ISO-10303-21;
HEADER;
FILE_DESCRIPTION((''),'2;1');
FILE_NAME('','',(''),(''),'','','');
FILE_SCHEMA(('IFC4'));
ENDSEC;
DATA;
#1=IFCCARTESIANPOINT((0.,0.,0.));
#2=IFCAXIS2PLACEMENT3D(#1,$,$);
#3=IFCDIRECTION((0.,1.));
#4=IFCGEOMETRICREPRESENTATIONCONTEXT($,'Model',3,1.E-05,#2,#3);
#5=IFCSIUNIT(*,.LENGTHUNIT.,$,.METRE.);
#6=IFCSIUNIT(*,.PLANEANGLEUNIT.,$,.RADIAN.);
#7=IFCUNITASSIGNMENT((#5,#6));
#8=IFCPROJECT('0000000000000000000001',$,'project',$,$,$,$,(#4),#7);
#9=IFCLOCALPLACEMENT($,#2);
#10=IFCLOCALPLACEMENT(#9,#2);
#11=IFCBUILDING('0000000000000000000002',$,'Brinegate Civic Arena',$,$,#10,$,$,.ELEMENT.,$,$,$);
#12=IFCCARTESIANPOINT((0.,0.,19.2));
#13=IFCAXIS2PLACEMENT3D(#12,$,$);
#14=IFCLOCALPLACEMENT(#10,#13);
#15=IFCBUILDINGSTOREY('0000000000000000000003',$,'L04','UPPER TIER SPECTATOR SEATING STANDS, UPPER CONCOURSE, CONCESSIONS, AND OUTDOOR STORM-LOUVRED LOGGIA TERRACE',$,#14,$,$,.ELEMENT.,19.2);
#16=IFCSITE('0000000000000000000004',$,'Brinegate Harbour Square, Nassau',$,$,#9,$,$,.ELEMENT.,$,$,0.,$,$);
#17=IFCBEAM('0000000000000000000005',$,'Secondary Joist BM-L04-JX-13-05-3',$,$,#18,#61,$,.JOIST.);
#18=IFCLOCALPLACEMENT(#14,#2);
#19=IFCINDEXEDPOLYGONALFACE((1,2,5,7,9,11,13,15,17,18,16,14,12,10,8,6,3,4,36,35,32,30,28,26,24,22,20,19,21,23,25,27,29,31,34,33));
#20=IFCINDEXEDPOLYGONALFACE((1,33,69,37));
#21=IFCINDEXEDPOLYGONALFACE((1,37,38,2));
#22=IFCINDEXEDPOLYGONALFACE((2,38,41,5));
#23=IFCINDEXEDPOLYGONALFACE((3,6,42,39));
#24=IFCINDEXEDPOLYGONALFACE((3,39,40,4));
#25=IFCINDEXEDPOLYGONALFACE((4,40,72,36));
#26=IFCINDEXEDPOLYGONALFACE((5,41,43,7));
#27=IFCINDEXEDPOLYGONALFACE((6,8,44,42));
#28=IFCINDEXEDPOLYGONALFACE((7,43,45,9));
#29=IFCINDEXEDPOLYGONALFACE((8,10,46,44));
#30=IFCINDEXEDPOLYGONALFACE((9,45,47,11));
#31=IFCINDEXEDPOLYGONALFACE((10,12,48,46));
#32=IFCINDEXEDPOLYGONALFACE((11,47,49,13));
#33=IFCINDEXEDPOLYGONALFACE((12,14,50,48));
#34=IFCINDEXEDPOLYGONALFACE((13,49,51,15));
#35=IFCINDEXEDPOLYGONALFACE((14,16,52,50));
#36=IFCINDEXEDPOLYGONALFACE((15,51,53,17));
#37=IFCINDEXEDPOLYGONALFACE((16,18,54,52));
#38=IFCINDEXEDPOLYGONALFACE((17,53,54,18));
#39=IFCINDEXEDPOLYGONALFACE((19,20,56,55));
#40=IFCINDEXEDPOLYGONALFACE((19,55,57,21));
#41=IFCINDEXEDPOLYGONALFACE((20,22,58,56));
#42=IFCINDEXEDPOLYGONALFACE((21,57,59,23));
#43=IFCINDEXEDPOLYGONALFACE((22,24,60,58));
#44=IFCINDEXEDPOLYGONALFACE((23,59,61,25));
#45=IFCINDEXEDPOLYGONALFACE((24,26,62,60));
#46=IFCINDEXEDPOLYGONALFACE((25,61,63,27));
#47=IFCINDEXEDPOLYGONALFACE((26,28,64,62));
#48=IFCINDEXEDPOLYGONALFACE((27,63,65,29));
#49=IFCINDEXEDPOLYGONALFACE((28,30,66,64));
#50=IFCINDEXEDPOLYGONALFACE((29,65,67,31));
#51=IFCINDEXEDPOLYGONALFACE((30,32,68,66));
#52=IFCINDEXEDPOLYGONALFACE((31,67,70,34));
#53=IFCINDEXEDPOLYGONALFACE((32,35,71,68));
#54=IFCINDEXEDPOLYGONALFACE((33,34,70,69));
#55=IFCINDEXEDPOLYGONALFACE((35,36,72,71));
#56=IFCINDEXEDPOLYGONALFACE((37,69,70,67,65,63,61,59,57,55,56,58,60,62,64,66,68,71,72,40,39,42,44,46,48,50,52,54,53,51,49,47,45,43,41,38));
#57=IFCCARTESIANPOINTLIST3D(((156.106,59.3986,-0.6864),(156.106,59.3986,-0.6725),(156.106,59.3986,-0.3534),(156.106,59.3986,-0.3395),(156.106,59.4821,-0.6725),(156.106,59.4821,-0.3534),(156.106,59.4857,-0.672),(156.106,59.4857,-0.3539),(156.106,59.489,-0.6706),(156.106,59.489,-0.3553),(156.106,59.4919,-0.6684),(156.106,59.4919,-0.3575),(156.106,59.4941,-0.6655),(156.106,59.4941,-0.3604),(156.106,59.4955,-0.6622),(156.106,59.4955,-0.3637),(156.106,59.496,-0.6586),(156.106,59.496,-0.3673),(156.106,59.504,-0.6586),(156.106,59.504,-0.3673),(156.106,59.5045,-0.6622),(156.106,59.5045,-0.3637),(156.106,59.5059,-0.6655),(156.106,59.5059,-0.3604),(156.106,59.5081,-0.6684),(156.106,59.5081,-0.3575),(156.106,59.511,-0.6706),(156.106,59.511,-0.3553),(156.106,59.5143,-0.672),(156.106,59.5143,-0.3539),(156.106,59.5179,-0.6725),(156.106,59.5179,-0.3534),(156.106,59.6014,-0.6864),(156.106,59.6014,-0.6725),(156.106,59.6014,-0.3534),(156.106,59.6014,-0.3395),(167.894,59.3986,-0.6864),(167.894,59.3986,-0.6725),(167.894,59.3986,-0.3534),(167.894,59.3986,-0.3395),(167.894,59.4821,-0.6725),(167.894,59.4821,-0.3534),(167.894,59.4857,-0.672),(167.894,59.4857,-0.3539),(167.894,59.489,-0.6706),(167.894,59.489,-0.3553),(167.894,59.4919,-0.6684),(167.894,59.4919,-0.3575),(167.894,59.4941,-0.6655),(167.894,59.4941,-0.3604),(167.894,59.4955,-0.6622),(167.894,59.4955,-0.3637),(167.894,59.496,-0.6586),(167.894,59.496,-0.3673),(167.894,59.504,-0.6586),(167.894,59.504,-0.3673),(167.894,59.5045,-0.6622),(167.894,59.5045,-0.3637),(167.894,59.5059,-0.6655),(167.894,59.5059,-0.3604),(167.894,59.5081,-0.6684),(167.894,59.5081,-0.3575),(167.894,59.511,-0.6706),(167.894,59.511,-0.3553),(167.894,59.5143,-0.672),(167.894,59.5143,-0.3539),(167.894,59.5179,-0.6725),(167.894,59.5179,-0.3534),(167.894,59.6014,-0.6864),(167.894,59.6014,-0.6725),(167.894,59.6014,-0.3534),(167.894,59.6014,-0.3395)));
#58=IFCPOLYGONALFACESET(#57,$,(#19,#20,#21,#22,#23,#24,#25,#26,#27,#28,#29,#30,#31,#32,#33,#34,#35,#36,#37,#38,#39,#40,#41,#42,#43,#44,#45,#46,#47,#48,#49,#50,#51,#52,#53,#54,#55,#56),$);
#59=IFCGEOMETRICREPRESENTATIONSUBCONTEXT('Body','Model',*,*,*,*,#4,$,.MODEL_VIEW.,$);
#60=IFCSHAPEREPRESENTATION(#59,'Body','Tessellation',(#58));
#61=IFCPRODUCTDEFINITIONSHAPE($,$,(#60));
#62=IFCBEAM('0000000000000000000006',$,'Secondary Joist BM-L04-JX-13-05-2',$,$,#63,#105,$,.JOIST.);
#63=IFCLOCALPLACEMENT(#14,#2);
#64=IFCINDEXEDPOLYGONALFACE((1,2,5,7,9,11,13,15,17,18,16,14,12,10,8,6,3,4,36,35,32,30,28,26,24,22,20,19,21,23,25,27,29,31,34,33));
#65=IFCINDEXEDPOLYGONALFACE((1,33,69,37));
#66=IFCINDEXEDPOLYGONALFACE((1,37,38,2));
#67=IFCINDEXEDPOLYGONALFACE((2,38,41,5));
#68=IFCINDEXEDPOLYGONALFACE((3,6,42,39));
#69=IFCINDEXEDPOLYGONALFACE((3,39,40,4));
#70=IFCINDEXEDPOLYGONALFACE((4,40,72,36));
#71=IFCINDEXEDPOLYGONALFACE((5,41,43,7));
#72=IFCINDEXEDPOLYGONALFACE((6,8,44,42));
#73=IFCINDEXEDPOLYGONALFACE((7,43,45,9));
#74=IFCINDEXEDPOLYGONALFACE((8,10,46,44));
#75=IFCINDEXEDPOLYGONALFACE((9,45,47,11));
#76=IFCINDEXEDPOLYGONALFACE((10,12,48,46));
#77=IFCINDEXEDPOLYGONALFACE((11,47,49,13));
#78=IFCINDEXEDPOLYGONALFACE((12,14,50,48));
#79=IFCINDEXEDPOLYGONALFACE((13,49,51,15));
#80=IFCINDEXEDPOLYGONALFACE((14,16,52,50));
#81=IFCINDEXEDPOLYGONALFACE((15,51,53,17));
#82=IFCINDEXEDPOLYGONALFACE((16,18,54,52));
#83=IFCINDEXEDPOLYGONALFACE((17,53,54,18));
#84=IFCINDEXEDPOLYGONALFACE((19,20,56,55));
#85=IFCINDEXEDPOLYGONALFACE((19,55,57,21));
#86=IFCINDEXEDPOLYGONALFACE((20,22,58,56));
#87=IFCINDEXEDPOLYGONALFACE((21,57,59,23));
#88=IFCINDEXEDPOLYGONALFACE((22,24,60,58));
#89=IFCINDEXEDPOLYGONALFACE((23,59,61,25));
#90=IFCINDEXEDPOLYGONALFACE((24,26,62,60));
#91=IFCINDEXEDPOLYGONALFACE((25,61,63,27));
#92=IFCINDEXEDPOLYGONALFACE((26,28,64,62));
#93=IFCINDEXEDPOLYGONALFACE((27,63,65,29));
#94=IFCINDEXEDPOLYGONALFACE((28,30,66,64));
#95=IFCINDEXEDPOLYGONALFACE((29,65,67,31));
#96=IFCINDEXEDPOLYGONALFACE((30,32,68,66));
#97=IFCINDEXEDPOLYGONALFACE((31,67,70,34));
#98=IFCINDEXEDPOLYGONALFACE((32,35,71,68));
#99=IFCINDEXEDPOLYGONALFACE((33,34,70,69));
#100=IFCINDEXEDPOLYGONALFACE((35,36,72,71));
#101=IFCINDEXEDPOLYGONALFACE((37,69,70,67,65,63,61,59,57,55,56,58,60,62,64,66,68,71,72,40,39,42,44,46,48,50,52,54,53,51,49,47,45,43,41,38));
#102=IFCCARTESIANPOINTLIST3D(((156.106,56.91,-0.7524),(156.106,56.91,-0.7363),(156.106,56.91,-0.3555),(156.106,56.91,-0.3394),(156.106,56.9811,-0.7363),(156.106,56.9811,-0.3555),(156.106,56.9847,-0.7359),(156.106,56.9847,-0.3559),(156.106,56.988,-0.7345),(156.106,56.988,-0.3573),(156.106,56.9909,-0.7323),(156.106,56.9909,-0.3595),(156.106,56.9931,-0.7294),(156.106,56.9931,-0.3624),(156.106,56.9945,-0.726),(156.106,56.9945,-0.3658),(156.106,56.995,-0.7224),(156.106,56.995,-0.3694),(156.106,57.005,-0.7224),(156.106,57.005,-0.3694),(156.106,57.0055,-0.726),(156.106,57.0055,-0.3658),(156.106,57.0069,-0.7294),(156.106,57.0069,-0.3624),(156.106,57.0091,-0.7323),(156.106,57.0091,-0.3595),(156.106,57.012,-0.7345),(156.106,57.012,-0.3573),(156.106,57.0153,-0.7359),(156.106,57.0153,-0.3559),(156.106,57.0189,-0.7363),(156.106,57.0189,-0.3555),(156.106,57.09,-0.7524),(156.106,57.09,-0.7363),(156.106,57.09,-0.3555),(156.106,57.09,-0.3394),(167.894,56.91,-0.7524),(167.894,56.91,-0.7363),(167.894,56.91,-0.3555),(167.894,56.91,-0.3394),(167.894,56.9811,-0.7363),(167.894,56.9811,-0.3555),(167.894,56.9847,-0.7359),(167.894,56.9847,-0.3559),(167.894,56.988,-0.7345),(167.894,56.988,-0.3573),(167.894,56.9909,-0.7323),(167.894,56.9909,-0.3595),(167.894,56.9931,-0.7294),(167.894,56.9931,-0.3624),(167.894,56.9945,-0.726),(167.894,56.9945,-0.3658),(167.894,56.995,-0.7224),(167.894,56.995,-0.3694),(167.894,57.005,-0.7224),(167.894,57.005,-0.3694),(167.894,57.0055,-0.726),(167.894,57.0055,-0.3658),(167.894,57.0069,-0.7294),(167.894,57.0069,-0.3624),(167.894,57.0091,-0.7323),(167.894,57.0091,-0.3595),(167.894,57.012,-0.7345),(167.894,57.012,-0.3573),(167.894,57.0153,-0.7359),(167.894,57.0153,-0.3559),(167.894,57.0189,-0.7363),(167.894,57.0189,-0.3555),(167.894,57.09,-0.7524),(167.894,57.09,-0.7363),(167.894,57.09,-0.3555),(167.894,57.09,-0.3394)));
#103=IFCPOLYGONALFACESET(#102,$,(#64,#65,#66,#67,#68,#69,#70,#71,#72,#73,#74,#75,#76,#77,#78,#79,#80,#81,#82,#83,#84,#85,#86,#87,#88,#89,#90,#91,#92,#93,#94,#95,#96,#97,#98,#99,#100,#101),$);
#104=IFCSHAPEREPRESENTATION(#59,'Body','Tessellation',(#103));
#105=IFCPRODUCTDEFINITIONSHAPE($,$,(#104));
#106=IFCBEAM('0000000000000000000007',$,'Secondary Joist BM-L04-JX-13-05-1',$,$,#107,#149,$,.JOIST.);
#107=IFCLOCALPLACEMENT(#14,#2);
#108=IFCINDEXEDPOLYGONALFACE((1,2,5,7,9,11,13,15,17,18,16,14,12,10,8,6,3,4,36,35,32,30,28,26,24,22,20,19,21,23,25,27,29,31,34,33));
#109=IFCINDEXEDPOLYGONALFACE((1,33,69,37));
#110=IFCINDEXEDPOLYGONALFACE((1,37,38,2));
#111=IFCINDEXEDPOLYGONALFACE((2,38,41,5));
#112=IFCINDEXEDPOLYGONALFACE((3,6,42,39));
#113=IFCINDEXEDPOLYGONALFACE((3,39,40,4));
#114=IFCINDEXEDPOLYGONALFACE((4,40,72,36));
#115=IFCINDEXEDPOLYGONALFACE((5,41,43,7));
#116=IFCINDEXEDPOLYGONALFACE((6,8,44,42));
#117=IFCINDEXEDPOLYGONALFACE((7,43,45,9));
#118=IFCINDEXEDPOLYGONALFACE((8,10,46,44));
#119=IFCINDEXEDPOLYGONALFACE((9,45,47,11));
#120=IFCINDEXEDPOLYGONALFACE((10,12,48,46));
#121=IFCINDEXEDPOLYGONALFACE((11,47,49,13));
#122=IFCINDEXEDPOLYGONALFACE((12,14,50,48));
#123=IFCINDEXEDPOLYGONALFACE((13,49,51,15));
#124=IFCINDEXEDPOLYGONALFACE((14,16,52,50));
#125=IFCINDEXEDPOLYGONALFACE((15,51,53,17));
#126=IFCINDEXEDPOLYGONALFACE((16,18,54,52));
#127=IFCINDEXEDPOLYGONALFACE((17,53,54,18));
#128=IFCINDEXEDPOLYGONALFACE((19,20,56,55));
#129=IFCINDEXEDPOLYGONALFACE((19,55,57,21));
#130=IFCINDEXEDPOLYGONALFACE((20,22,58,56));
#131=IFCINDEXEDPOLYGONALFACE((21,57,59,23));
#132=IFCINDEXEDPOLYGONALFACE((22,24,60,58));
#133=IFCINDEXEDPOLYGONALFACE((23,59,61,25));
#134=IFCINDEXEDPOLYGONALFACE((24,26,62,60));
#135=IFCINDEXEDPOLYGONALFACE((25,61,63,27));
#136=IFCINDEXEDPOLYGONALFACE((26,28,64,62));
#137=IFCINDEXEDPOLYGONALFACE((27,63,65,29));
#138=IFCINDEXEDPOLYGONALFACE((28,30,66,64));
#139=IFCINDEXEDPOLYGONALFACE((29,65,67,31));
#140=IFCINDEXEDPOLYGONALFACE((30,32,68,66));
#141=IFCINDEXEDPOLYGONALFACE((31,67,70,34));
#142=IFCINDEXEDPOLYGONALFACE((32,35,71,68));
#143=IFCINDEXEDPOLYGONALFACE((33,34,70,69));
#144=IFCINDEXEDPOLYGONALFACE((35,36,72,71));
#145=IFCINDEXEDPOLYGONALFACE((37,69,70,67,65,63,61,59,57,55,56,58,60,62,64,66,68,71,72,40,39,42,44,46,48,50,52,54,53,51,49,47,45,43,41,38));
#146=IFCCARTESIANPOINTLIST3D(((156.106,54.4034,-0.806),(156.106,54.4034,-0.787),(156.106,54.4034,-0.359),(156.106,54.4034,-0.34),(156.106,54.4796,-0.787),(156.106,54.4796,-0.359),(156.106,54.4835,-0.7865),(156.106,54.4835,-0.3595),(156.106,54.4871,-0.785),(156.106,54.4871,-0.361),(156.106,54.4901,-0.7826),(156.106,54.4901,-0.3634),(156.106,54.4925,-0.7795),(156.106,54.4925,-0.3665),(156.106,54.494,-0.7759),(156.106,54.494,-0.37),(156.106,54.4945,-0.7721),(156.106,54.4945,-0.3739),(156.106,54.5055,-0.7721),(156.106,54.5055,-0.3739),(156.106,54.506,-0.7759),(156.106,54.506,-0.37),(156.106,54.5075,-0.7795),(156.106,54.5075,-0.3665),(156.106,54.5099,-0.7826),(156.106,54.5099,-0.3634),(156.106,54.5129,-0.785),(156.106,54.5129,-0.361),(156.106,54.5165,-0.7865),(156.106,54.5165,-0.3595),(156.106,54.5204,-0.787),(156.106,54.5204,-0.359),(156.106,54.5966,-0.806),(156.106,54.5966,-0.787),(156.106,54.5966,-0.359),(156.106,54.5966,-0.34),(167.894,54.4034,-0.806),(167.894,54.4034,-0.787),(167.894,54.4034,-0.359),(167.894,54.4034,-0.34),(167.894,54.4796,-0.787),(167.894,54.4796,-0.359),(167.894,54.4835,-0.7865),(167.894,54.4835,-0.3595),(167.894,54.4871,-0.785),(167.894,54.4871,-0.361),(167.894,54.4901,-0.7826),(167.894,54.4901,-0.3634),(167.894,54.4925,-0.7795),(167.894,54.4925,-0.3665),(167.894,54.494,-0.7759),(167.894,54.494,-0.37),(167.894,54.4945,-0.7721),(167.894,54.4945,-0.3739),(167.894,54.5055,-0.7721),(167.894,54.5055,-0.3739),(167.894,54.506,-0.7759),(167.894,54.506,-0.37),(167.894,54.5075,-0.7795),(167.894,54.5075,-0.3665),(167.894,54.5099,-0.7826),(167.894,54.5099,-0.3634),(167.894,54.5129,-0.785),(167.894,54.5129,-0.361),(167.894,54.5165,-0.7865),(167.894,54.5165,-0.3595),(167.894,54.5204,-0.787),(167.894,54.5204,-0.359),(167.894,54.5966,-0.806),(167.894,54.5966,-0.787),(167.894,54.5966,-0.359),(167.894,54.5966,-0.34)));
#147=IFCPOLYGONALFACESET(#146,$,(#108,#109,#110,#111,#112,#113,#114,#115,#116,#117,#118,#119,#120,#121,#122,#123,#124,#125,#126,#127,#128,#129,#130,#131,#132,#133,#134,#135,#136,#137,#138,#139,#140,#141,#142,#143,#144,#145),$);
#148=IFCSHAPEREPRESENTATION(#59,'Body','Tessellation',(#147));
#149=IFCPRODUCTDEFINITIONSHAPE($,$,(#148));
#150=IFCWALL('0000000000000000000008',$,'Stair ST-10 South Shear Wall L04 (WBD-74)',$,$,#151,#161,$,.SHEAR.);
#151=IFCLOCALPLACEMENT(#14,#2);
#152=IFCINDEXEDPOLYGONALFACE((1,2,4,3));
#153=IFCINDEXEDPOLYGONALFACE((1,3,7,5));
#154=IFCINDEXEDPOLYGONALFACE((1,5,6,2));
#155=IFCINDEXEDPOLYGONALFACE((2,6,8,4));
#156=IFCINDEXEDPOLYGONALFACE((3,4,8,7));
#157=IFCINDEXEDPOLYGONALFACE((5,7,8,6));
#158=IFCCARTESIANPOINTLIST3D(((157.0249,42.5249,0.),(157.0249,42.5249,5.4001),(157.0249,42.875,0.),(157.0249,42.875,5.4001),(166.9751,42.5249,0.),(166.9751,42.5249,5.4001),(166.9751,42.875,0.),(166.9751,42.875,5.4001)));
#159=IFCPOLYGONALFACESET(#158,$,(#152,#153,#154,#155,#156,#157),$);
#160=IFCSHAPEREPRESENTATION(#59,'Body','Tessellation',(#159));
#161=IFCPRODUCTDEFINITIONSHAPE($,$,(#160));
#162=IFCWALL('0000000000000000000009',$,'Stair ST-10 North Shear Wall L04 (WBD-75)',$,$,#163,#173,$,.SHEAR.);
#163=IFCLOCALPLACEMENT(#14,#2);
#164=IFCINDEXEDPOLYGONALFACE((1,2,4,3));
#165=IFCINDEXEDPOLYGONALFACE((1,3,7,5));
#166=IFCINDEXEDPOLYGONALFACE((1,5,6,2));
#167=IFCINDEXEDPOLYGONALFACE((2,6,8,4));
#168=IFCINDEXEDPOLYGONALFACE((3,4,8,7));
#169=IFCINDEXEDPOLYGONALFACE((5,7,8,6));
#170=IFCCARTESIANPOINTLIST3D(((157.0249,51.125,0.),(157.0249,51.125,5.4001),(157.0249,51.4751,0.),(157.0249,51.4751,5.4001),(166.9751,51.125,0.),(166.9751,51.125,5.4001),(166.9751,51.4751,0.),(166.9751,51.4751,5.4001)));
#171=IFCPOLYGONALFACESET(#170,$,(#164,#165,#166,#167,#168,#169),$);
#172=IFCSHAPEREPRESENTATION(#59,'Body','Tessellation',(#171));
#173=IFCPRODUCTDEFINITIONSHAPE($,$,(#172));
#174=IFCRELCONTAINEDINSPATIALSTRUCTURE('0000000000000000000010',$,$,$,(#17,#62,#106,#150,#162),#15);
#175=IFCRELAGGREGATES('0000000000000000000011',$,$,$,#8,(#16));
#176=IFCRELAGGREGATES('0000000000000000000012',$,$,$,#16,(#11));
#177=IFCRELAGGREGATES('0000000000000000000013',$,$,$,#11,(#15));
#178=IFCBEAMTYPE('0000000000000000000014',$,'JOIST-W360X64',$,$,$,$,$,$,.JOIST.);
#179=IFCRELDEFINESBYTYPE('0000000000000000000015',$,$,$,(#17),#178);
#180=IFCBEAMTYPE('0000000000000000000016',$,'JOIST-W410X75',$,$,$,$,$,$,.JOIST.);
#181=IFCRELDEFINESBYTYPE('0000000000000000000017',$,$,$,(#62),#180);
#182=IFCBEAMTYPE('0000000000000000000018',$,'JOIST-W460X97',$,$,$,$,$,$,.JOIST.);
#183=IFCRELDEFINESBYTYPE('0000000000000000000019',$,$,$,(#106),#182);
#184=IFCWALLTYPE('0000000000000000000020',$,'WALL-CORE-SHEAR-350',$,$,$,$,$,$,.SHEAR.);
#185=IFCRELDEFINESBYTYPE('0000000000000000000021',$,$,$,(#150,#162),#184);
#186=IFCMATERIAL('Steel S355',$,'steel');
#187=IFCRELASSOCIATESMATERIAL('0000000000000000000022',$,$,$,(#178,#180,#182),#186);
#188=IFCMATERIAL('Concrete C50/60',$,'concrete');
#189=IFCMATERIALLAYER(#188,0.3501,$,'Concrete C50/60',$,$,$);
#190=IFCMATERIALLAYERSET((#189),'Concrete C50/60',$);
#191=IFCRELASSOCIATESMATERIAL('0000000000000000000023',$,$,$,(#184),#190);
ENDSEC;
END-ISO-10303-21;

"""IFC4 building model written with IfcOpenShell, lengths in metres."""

from ifc_helpers import new_model, si_unit, direction, frame, frame_2d, origin, origin_2d, place, context, subcontext, project, spatial, rectangle, i_section, extrude, material, layer, layer_set, material_profile, profile_set, type_object, element, save


model = new_model("IFC4")

# Units and contexts
model_context = context("Model", 3, precision=1e-05, world=origin(), true_north=direction((0.0, 1.0)))
body_context = subcontext(model_context, "Body", "Model", "MODEL_VIEW")
ifc_project = project(units=[si_unit("LENGTHUNIT", "METRE"), si_unit("PLANEANGLEUNIT", "RADIAN")], contexts=[model_context])

# Site, building, storey
site_placement = place(None, origin())
site = spatial("IfcSite", under=ifc_project, at=site_placement, Name="Brinegate Harbour Square, Nassau", CompositionType="ELEMENT", RefElevation=0.0)
building_placement = place(site_placement, origin())
building = spatial("IfcBuilding", under=site, at=building_placement, Name="Brinegate Civic Arena", CompositionType="ELEMENT")
storey_placement = place(building_placement, frame((0.0, 0.0, 19.2)))
storey = spatial("IfcBuildingStorey", under=building, at=storey_placement, Name="L04", Description="UPPER TIER SPECTATOR SEATING STANDS, UPPER CONCOURSE, CONCESSIONS, AND OUTDOOR STORM-LOUVRED LOGGIA TERRACE", CompositionType="ELEMENT", Elevation=19.2)

# Beams
ifc_material_1 = material(Name="Steel S355", Category="steel")
ifc_material_profile_1 = material_profile(ifc_material_1, i_section(OverallWidth=0.2029, OverallDepth=0.3469, WebThickness=0.0081, FlangeThickness=0.0139, FilletRadius=0.0139, at=origin_2d()), Name="W360X64")
ifc_profile_set_1 = profile_set([ifc_material_profile_1], Name="Steel S355")
beam_type_1 = type_object("IfcBeamType", Name="JOIST-W360X64", PredefinedType="JOIST", material=ifc_profile_set_1)
beam_1_placement = place(storey_placement, frame((156.106, 59.5, -0.5129), z_axis=(1.0, 0.0, 0.0), x_axis=(0.0, 1.0, 0.0)))
element("IfcBeam", 1, at=beam_1_placement, inside=storey, type_object=beam_type_1, Name="Secondary Joist BM-L04-JX-13-05-3", PredefinedType="JOIST", context=body_context, shape_type="SweptSolid", body=[
    extrude(i_section(OverallWidth=0.2029, OverallDepth=0.3469, WebThickness=0.0081, FlangeThickness=0.0139, FilletRadius=0.0139, at=origin_2d()), origin(), (0.0, 0.0, 1.0), 11.7881),
])
ifc_material_profile_2 = material_profile(ifc_material_1, i_section(OverallWidth=0.1799, OverallDepth=0.4131, WebThickness=0.01, FlangeThickness=0.0161, FilletRadius=0.0139, at=origin_2d()), Name="W410X75")
ifc_profile_set_2 = profile_set([ifc_material_profile_2], Name="Steel S355")
beam_type_2 = type_object("IfcBeamType", Name="JOIST-W410X75", PredefinedType="JOIST", material=ifc_profile_set_2)
beam_2_placement = place(storey_placement, frame((156.106, 57.0, -0.5459), z_axis=(1.0, 0.0, 0.0), x_axis=(0.0, 1.0, 0.0)))
element("IfcBeam", 2, at=beam_2_placement, inside=storey, type_object=beam_type_2, Name="Secondary Joist BM-L04-JX-13-05-2", PredefinedType="JOIST", context=body_context, shape_type="SweptSolid", body=[
    extrude(i_section(OverallWidth=0.1799, OverallDepth=0.4131, WebThickness=0.01, FlangeThickness=0.0161, FilletRadius=0.0139, at=origin_2d()), origin(), (0.0, 0.0, 1.0), 11.7881),
])
ifc_material_profile_3 = material_profile(ifc_material_1, i_section(OverallWidth=0.1931, OverallDepth=0.4661, WebThickness=0.011, FlangeThickness=0.019, FilletRadius=0.0149, at=origin_2d()), Name="W460X97")
ifc_profile_set_3 = profile_set([ifc_material_profile_3], Name="Steel S355")
beam_type_3 = type_object("IfcBeamType", Name="JOIST-W460X97", PredefinedType="JOIST", material=ifc_profile_set_3)
beam_3_placement = place(storey_placement, frame((156.106, 54.5, -0.573), z_axis=(1.0, 0.0, 0.0), x_axis=(0.0, 1.0, 0.0)))
element("IfcBeam", 3, at=beam_3_placement, inside=storey, type_object=beam_type_3, Name="Secondary Joist BM-L04-JX-13-05-1", PredefinedType="JOIST", context=body_context, shape_type="SweptSolid", body=[
    extrude(i_section(OverallWidth=0.1931, OverallDepth=0.4661, WebThickness=0.011, FlangeThickness=0.019, FilletRadius=0.0149, at=origin_2d()), origin(), (0.0, 0.0, 1.0), 11.7881),
])

# Walls
ifc_material_2 = material(Name="Concrete C50/60", Category="concrete")
ifc_layer_1 = layer(ifc_material_2, 0.3501, Name="Concrete C50/60")
ifc_layer_set_1 = layer_set([ifc_layer_1], Name="Concrete C50/60")
wall_type_1 = type_object("IfcWallType", Name="WALL-CORE-SHEAR-350", PredefinedType="SHEAR", material=ifc_layer_set_1)
for number, where, z_axis, x_axis, name in (
    (4, (157.0249, 42.7, 0.0), (0.0, 0.0, 1.0), (1.0, 0.0, 0.0), "Stair ST-10 South Shear Wall L04 (WBD-74)"),
    (5, (157.0249, 51.3, 0.0), (0.0, 0.0, 1.0), (1.0, 0.0, 0.0), "Stair ST-10 North Shear Wall L04 (WBD-75)"),
):
    element("IfcWall", number, at=place(storey_placement, frame(where, z_axis=z_axis, x_axis=x_axis)), inside=storey, type_object=wall_type_1, Name=name, PredefinedType="SHEAR", context=body_context, shape_type="SweptSolid", body=[
        extrude(rectangle(XDim=9.9502, YDim=0.3501, at=frame_2d((4.9751, 0.0))), origin(), (0.0, 0.0, 1.0), 5.4001),
    ])

save(model, "model.ifc")
